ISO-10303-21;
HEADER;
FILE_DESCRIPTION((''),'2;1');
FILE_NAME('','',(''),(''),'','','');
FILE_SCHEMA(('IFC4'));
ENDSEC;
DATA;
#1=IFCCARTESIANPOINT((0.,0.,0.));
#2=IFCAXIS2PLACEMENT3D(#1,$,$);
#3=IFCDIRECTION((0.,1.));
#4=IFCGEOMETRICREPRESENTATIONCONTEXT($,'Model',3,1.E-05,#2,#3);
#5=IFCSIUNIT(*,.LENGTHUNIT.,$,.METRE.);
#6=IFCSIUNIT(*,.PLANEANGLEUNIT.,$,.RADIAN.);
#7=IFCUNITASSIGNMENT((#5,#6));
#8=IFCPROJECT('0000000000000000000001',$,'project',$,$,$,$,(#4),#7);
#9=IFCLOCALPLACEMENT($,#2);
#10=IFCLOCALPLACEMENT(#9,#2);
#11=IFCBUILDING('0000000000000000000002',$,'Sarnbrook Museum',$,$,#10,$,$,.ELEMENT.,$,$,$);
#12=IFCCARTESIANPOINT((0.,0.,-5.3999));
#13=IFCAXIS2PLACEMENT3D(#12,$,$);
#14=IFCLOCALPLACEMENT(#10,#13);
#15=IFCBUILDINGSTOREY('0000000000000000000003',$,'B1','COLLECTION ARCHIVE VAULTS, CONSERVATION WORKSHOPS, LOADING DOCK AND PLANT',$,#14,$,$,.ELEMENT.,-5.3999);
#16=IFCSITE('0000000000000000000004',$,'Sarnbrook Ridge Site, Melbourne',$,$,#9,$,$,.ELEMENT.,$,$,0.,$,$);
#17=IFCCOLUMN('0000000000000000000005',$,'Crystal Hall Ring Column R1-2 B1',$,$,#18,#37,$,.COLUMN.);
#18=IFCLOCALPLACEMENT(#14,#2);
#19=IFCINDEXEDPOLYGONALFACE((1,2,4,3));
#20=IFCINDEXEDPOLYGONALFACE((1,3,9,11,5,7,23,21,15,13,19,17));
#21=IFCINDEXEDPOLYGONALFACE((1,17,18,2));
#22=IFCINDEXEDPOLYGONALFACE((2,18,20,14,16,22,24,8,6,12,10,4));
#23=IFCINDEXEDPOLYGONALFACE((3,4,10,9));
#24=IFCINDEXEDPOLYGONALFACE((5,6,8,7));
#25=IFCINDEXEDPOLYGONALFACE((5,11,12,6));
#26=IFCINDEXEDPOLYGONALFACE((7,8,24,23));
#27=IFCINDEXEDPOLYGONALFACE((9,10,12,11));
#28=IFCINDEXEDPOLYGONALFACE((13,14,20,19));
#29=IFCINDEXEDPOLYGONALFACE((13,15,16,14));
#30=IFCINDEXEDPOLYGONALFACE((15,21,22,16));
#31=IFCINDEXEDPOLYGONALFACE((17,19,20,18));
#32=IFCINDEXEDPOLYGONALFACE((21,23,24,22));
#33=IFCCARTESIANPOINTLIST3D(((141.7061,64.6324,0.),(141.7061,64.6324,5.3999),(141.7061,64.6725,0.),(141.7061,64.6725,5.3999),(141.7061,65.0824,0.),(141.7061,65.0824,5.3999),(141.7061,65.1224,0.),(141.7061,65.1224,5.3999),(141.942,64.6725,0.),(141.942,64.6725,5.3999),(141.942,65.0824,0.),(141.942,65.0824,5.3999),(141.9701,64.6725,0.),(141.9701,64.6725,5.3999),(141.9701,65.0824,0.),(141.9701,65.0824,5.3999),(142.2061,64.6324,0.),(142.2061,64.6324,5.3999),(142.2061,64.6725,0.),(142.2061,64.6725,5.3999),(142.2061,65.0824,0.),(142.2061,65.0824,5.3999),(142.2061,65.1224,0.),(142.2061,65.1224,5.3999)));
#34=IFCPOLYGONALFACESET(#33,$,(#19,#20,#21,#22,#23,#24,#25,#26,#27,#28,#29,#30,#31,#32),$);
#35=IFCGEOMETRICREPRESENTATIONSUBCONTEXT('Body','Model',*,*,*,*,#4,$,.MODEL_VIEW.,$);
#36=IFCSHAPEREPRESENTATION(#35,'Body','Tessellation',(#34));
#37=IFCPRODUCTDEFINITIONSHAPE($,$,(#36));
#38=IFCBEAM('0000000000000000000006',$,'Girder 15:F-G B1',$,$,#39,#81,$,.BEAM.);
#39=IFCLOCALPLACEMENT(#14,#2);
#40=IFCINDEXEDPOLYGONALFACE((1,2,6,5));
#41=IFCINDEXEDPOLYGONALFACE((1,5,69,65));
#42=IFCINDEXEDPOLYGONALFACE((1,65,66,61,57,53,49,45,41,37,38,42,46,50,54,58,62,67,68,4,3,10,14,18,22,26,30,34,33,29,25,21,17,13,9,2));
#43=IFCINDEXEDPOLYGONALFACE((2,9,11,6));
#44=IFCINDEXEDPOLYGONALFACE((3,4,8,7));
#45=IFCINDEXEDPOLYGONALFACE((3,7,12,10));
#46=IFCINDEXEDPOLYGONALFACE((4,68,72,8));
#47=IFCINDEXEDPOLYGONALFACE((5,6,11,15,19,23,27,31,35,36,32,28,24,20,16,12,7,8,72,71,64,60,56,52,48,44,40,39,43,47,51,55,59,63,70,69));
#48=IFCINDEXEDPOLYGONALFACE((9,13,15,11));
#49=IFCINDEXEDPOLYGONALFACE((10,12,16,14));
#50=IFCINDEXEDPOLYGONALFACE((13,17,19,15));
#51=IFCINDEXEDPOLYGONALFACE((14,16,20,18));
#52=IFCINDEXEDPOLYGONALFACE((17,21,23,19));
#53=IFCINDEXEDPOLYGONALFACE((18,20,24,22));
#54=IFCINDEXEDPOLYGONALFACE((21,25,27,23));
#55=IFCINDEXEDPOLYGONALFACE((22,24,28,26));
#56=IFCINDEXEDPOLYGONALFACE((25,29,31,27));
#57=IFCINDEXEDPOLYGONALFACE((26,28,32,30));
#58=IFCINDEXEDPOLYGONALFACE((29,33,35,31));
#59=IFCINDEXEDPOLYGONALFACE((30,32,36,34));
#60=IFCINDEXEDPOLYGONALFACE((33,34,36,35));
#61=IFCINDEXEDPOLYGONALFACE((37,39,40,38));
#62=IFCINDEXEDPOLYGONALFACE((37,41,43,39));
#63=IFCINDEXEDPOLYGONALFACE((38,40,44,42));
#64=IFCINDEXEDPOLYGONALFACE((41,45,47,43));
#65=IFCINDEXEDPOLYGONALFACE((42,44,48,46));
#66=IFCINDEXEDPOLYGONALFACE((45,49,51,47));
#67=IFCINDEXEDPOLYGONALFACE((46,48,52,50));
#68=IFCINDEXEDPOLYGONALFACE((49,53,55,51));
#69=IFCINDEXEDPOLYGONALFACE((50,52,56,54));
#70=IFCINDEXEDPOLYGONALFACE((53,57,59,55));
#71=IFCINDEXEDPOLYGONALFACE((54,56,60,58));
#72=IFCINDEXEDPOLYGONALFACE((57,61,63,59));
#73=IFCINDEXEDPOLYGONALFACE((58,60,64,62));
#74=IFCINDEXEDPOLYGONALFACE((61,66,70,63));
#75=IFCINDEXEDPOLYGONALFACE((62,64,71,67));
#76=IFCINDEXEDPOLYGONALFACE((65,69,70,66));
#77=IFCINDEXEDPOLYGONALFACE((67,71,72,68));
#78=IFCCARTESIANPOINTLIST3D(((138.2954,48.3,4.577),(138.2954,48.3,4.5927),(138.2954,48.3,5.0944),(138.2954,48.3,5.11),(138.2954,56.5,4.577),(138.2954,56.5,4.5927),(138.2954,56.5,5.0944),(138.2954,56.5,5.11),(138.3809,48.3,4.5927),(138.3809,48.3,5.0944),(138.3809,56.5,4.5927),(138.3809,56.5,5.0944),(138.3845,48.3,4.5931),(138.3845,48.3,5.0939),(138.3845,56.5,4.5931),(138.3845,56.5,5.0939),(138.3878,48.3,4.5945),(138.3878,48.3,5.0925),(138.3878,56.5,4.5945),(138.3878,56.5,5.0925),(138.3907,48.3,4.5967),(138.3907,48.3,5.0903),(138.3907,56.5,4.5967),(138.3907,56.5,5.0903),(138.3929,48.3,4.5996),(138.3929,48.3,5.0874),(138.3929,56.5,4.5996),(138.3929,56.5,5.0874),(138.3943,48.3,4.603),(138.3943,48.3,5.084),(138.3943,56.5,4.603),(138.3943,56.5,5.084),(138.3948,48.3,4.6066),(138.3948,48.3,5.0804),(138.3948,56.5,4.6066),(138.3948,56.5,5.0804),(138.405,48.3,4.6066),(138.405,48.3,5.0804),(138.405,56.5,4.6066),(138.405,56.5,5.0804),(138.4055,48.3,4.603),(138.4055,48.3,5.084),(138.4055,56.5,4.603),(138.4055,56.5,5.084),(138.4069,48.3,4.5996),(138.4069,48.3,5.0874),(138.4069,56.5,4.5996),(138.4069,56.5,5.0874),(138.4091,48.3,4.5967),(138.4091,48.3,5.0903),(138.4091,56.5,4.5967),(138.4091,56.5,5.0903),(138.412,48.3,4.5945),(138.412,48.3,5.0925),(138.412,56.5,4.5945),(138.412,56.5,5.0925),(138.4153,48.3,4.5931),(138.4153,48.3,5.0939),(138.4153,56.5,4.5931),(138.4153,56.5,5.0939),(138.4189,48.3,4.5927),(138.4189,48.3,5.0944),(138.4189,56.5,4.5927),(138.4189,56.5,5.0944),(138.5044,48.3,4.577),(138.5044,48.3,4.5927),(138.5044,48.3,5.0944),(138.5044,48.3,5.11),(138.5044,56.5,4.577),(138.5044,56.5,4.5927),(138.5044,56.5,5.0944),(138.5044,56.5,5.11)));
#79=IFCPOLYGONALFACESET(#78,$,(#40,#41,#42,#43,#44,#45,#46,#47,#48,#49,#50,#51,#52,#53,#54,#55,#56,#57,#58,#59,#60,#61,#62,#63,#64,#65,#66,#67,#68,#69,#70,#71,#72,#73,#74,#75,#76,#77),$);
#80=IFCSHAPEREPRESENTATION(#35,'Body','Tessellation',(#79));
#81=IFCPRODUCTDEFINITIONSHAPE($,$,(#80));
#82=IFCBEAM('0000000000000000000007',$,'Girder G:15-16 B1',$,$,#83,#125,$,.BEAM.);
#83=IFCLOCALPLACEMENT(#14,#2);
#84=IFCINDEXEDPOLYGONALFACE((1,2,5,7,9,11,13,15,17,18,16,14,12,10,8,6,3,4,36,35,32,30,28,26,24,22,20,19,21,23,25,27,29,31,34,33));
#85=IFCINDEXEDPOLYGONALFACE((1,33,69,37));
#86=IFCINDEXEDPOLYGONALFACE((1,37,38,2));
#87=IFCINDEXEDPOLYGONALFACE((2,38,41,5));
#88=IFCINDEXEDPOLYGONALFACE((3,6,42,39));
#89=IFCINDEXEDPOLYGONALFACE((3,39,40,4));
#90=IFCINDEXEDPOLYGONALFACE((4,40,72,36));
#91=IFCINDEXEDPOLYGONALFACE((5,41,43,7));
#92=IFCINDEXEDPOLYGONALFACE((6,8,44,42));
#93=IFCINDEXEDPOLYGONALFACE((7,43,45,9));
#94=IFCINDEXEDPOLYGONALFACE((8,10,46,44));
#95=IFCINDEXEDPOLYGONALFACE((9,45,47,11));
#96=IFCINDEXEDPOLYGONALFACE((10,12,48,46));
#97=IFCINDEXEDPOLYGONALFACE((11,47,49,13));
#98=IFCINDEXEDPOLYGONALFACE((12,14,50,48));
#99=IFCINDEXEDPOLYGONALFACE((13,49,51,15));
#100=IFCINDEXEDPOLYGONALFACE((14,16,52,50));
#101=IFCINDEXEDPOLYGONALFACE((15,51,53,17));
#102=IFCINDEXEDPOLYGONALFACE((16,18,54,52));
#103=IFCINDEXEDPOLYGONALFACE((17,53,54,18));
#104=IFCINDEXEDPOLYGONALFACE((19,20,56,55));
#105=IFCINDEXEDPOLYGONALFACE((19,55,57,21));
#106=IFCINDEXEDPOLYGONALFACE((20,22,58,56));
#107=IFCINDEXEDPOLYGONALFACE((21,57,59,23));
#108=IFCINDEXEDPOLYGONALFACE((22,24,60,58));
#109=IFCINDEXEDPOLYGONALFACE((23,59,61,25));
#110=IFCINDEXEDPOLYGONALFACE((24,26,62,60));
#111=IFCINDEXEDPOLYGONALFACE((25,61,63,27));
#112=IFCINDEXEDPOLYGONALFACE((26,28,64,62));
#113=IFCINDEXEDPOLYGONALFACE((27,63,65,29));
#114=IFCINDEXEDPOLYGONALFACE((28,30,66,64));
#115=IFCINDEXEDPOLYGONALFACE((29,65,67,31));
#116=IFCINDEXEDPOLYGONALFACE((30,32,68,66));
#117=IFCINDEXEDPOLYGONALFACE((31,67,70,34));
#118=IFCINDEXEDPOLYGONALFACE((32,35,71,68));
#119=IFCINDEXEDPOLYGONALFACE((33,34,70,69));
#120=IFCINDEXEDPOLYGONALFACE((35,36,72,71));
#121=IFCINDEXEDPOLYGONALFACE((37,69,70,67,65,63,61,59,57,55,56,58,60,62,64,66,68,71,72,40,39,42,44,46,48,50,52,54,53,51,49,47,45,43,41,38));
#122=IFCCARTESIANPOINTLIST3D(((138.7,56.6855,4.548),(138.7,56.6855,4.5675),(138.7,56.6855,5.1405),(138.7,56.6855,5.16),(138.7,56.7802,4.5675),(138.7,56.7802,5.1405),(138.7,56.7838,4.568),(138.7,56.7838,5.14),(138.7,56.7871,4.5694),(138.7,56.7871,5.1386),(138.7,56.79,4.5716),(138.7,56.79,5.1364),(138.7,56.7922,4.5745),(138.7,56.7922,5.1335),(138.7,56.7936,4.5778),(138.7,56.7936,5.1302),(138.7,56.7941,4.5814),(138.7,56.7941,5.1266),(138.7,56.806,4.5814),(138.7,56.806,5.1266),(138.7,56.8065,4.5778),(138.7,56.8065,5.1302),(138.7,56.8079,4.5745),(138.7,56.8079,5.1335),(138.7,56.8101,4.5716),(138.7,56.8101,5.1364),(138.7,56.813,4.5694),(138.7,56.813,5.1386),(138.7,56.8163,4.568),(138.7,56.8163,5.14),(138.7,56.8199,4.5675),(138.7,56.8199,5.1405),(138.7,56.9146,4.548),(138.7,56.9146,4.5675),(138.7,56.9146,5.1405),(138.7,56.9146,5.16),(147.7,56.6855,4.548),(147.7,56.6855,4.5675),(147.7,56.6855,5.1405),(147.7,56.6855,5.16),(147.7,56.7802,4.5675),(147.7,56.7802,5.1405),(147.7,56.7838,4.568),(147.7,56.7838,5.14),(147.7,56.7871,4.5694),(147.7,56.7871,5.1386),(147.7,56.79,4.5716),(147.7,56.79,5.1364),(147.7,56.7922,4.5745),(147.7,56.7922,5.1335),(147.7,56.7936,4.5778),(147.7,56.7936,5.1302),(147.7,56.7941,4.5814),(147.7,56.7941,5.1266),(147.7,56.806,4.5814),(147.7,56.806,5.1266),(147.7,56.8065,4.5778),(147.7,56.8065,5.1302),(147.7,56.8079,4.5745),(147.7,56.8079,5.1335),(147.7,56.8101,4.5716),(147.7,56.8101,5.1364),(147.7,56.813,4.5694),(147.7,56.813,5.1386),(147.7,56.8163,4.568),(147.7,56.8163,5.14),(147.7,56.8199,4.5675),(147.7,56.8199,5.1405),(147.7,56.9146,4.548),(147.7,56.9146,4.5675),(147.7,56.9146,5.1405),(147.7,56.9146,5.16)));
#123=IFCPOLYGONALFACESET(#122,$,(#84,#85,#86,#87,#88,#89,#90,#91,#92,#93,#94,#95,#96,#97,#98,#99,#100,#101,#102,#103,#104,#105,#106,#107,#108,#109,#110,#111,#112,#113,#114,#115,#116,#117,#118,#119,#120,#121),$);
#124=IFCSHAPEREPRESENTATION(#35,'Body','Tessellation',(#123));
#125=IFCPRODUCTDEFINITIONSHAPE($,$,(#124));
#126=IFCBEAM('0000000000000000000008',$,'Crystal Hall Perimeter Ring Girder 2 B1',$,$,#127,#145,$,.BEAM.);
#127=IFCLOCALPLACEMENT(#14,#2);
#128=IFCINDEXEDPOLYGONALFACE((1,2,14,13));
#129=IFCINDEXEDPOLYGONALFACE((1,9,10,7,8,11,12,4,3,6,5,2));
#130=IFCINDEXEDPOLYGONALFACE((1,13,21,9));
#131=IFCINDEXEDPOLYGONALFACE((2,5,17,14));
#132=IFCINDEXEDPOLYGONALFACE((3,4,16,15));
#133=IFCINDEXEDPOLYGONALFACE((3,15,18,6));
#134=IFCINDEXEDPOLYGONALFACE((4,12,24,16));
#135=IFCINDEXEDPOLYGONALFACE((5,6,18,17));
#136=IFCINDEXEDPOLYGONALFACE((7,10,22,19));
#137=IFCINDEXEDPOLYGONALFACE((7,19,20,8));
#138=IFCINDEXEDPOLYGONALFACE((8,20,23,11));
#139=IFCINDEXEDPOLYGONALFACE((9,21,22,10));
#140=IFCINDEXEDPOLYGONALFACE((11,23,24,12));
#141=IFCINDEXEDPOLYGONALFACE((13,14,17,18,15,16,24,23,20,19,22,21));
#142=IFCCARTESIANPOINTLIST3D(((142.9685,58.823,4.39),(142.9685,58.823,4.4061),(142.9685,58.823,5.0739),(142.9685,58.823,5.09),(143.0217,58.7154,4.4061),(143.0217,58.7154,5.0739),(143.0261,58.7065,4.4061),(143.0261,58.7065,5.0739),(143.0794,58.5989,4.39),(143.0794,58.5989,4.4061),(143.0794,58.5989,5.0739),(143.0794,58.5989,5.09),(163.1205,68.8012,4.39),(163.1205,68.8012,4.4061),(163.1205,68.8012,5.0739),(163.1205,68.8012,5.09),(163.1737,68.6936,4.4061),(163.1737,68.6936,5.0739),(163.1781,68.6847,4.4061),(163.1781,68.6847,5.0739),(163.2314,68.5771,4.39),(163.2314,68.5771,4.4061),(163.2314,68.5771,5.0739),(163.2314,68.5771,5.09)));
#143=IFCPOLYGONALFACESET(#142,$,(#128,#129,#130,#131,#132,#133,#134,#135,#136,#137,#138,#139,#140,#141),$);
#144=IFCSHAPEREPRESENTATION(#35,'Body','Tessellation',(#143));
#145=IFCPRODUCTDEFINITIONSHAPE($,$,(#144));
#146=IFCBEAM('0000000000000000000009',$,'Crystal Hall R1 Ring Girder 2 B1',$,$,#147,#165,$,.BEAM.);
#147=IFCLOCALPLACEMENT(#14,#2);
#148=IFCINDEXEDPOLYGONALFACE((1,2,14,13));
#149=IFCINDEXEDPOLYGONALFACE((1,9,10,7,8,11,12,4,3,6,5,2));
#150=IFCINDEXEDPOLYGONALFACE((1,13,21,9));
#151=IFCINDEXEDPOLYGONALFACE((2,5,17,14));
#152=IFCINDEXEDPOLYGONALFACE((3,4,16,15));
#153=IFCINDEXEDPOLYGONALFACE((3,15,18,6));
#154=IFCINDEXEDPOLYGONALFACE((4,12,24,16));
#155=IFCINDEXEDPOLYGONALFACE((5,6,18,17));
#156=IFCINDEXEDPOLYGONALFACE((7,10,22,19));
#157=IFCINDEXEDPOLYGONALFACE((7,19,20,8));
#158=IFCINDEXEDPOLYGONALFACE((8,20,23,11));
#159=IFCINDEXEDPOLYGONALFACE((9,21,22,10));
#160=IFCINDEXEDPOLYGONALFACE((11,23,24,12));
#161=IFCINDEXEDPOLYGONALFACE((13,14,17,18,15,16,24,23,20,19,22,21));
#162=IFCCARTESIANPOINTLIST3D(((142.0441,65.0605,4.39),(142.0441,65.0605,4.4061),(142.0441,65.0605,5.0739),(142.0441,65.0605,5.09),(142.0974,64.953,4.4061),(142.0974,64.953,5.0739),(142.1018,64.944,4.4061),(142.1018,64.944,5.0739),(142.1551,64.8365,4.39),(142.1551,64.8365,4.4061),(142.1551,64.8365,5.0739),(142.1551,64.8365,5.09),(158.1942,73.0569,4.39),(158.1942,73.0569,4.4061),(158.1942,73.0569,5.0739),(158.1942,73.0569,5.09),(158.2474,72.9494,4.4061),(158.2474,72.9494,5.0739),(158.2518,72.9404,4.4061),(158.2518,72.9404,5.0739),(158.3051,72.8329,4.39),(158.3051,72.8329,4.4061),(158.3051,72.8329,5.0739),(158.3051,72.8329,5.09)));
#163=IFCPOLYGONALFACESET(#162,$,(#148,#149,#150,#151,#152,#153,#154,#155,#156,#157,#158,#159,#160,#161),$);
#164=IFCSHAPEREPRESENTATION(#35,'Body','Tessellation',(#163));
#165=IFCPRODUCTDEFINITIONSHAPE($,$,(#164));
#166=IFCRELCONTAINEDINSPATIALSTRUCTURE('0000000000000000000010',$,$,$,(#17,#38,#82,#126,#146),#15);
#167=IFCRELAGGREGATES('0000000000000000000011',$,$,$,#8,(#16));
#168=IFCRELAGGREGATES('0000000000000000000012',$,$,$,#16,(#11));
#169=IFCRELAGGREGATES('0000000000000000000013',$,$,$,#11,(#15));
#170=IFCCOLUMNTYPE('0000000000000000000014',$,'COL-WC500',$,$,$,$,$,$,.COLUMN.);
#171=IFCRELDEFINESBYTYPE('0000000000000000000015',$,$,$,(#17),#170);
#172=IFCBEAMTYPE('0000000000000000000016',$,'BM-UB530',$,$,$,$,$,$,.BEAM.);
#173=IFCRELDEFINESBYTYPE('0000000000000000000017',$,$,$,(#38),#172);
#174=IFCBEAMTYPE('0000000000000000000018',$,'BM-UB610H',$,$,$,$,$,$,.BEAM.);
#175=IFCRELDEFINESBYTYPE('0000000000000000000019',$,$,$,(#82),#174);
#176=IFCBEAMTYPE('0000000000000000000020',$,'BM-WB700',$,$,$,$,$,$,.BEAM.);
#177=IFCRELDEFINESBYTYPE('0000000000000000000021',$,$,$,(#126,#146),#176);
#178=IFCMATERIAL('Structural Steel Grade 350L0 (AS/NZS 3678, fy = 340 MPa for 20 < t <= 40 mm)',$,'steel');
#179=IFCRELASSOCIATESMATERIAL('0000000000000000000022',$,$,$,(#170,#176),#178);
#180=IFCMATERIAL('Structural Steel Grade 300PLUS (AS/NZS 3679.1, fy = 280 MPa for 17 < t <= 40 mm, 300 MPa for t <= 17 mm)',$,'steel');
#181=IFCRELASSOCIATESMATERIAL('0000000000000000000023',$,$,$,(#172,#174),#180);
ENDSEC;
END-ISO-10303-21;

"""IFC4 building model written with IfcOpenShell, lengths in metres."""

from ifc_helpers import new_model, si_unit, direction, frame, origin, origin_2d, place, context, subcontext, project, spatial, i_section, extrude, material, material_profile, profile_set, type_object, element, save


model = new_model("IFC4")

# Units and contexts
model_context = context("Model", 3, precision=1e-05, world=origin(), true_north=direction((0.0, 1.0)))
body_context = subcontext(model_context, "Body", "Model", "MODEL_VIEW")
ifc_project = project(units=[si_unit("LENGTHUNIT", "METRE"), si_unit("PLANEANGLEUNIT", "RADIAN")], contexts=[model_context])

# Site, building, storey
site_placement = place(None, origin())
site = spatial("IfcSite", under=ifc_project, at=site_placement, Name="Sarnbrook Ridge Site, Melbourne", CompositionType="ELEMENT", RefElevation=0.0)
building_placement = place(site_placement, origin())
building = spatial("IfcBuilding", under=site, at=building_placement, Name="Sarnbrook Museum", CompositionType="ELEMENT")
storey_placement = place(building_placement, frame((0.0, 0.0, -5.3999)))
storey = spatial("IfcBuildingStorey", under=building, at=storey_placement, Name="B1", Description="COLLECTION ARCHIVE VAULTS, CONSERVATION WORKSHOPS, LOADING DOCK AND PLANT", CompositionType="ELEMENT", Elevation=-5.3999)

# Column
ifc_material_1 = material(Name="Structural Steel Grade 350L0 (AS/NZS 3678, fy = 340 MPa for 20 < t <= 40 mm)", Category="steel")
ifc_material_profile_1 = material_profile(ifc_material_1, i_section(OverallWidth=0.5, OverallDepth=0.49, WebThickness=0.0281, FlangeThickness=0.04, at=origin_2d()), Name="500WC340")
ifc_profile_set_1 = profile_set([ifc_material_profile_1], Name="Structural Steel Grade 350L0 (AS/NZS 3678, fy = 340 MPa for 20 < t <= 40 mm)")
column_type_1 = type_object("IfcColumnType", Name="COL-WC500", PredefinedType="COLUMN", material=ifc_profile_set_1)
column_1_placement = place(storey_placement, frame((141.9561, 64.8774, 0.0), z_axis=(0.0, 0.0, 1.0), x_axis=(1.0, 0.0, 0.0)))
element("IfcColumn", 1, at=column_1_placement, inside=storey, type_object=column_type_1, Name="Crystal Hall Ring Column R1-2 B1", PredefinedType="COLUMN", context=body_context, shape_type="SweptSolid", body=[
    extrude(i_section(OverallWidth=0.5, OverallDepth=0.49, WebThickness=0.0281, FlangeThickness=0.04, at=origin_2d()), origin(), (0.0, 0.0, 1.0), 5.3999),
])

# Beams
ifc_material_2 = material(Name="Structural Steel Grade 300PLUS (AS/NZS 3679.1, fy = 280 MPa for 17 < t <= 40 mm, 300 MPa for t <= 17 mm)", Category="steel")
ifc_material_profile_2 = material_profile(ifc_material_2, i_section(OverallWidth=0.209, OverallDepth=0.533, WebThickness=0.0103, FlangeThickness=0.0156, FilletRadius=0.0139, at=origin_2d()), Name="530UB92.4")
ifc_profile_set_2 = profile_set([ifc_material_profile_2], Name="Structural Steel Grade 300PLUS (AS/NZS 3679.1, fy = 280 MPa for 17 < t <= 40 mm, 300 MPa for t <= 17 mm)")
beam_type_1 = type_object("IfcBeamType", Name="BM-UB530", PredefinedType="BEAM", material=ifc_profile_set_2)
beam_1_placement = place(storey_placement, frame((138.3999, 48.3, 4.8435), z_axis=(0.0, 1.0, 0.0), x_axis=(-1.0, 0.0, 0.0)))
element("IfcBeam", 2, at=beam_1_placement, inside=storey, type_object=beam_type_1, Name="Girder 15:F-G B1", PredefinedType="BEAM", context=body_context, shape_type="SweptSolid", body=[
    extrude(i_section(OverallWidth=0.209, OverallDepth=0.533, WebThickness=0.0103, FlangeThickness=0.0156, FilletRadius=0.0139, at=origin_2d()), origin(), (0.0, 0.0, 1.0), 8.2),
])
ifc_material_profile_3 = material_profile(ifc_material_2, i_section(OverallWidth=0.229, OverallDepth=0.6121, WebThickness=0.012, FlangeThickness=0.0195, FilletRadius=0.0139, at=origin_2d()), Name="610UB125")
ifc_profile_set_3 = profile_set([ifc_material_profile_3], Name="Structural Steel Grade 300PLUS (AS/NZS 3679.1, fy = 280 MPa for 17 < t <= 40 mm, 300 MPa for t <= 17 mm)")
beam_type_2 = type_object("IfcBeamType", Name="BM-UB610H", PredefinedType="BEAM", material=ifc_profile_set_3)
beam_2_placement = place(storey_placement, frame((138.7, 56.8, 4.854), z_axis=(1.0, 0.0, 0.0), x_axis=(0.0, 1.0, 0.0)))
element("IfcBeam", 3, at=beam_2_placement, inside=storey, type_object=beam_type_2, Name="Girder G:15-16 B1", PredefinedType="BEAM", context=body_context, shape_type="SweptSolid", body=[
    extrude(i_section(OverallWidth=0.229, OverallDepth=0.6121, WebThickness=0.012, FlangeThickness=0.0195, FilletRadius=0.0139, at=origin_2d()), origin(), (0.0, 0.0, 1.0), 9.0),
])
ifc_material_profile_4 = material_profile(ifc_material_1, i_section(OverallWidth=0.25, OverallDepth=0.7, WebThickness=0.01, FlangeThickness=0.0161, at=origin_2d()), Name="700WB130")
ifc_profile_set_4 = profile_set([ifc_material_profile_4], Name="Structural Steel Grade 350L0 (AS/NZS 3678, fy = 340 MPa for 20 < t <= 40 mm)")
beam_type_3 = type_object("IfcBeamType", Name="BM-WB700", PredefinedType="BEAM", material=ifc_profile_set_4)
beam_3_placement = place(storey_placement, frame((143.0239, 58.7109, 4.74), z_axis=(0.89616, 0.443732, 0.0), x_axis=(-0.443732, 0.89616, 0.0)))
element("IfcBeam", 4, at=beam_3_placement, inside=storey, type_object=beam_type_3, Name="Crystal Hall Perimeter Ring Girder 2 B1", PredefinedType="BEAM", context=body_context, shape_type="SweptSolid", body=[
    extrude(i_section(OverallWidth=0.25, OverallDepth=0.7, WebThickness=0.01, FlangeThickness=0.0161, at=origin_2d()), origin(), (0.0, 0.0, 1.0), 22.4871),
])
beam_4_placement = place(storey_placement, frame((142.0996, 64.9485, 4.74), z_axis=(0.896165, 0.44372, 0.0), x_axis=(-0.44372, 0.896165, 0.0)))
element("IfcBeam", 5, at=beam_4_placement, inside=storey, type_object=beam_type_3, Name="Crystal Hall R1 Ring Girder 2 B1", PredefinedType="BEAM", context=body_context, shape_type="SweptSolid", body=[
    extrude(i_section(OverallWidth=0.25, OverallDepth=0.7, WebThickness=0.01, FlangeThickness=0.0161, at=origin_2d()), origin(), (0.0, 0.0, 1.0), 18.0212),
])

save(model, "model.ifc")
